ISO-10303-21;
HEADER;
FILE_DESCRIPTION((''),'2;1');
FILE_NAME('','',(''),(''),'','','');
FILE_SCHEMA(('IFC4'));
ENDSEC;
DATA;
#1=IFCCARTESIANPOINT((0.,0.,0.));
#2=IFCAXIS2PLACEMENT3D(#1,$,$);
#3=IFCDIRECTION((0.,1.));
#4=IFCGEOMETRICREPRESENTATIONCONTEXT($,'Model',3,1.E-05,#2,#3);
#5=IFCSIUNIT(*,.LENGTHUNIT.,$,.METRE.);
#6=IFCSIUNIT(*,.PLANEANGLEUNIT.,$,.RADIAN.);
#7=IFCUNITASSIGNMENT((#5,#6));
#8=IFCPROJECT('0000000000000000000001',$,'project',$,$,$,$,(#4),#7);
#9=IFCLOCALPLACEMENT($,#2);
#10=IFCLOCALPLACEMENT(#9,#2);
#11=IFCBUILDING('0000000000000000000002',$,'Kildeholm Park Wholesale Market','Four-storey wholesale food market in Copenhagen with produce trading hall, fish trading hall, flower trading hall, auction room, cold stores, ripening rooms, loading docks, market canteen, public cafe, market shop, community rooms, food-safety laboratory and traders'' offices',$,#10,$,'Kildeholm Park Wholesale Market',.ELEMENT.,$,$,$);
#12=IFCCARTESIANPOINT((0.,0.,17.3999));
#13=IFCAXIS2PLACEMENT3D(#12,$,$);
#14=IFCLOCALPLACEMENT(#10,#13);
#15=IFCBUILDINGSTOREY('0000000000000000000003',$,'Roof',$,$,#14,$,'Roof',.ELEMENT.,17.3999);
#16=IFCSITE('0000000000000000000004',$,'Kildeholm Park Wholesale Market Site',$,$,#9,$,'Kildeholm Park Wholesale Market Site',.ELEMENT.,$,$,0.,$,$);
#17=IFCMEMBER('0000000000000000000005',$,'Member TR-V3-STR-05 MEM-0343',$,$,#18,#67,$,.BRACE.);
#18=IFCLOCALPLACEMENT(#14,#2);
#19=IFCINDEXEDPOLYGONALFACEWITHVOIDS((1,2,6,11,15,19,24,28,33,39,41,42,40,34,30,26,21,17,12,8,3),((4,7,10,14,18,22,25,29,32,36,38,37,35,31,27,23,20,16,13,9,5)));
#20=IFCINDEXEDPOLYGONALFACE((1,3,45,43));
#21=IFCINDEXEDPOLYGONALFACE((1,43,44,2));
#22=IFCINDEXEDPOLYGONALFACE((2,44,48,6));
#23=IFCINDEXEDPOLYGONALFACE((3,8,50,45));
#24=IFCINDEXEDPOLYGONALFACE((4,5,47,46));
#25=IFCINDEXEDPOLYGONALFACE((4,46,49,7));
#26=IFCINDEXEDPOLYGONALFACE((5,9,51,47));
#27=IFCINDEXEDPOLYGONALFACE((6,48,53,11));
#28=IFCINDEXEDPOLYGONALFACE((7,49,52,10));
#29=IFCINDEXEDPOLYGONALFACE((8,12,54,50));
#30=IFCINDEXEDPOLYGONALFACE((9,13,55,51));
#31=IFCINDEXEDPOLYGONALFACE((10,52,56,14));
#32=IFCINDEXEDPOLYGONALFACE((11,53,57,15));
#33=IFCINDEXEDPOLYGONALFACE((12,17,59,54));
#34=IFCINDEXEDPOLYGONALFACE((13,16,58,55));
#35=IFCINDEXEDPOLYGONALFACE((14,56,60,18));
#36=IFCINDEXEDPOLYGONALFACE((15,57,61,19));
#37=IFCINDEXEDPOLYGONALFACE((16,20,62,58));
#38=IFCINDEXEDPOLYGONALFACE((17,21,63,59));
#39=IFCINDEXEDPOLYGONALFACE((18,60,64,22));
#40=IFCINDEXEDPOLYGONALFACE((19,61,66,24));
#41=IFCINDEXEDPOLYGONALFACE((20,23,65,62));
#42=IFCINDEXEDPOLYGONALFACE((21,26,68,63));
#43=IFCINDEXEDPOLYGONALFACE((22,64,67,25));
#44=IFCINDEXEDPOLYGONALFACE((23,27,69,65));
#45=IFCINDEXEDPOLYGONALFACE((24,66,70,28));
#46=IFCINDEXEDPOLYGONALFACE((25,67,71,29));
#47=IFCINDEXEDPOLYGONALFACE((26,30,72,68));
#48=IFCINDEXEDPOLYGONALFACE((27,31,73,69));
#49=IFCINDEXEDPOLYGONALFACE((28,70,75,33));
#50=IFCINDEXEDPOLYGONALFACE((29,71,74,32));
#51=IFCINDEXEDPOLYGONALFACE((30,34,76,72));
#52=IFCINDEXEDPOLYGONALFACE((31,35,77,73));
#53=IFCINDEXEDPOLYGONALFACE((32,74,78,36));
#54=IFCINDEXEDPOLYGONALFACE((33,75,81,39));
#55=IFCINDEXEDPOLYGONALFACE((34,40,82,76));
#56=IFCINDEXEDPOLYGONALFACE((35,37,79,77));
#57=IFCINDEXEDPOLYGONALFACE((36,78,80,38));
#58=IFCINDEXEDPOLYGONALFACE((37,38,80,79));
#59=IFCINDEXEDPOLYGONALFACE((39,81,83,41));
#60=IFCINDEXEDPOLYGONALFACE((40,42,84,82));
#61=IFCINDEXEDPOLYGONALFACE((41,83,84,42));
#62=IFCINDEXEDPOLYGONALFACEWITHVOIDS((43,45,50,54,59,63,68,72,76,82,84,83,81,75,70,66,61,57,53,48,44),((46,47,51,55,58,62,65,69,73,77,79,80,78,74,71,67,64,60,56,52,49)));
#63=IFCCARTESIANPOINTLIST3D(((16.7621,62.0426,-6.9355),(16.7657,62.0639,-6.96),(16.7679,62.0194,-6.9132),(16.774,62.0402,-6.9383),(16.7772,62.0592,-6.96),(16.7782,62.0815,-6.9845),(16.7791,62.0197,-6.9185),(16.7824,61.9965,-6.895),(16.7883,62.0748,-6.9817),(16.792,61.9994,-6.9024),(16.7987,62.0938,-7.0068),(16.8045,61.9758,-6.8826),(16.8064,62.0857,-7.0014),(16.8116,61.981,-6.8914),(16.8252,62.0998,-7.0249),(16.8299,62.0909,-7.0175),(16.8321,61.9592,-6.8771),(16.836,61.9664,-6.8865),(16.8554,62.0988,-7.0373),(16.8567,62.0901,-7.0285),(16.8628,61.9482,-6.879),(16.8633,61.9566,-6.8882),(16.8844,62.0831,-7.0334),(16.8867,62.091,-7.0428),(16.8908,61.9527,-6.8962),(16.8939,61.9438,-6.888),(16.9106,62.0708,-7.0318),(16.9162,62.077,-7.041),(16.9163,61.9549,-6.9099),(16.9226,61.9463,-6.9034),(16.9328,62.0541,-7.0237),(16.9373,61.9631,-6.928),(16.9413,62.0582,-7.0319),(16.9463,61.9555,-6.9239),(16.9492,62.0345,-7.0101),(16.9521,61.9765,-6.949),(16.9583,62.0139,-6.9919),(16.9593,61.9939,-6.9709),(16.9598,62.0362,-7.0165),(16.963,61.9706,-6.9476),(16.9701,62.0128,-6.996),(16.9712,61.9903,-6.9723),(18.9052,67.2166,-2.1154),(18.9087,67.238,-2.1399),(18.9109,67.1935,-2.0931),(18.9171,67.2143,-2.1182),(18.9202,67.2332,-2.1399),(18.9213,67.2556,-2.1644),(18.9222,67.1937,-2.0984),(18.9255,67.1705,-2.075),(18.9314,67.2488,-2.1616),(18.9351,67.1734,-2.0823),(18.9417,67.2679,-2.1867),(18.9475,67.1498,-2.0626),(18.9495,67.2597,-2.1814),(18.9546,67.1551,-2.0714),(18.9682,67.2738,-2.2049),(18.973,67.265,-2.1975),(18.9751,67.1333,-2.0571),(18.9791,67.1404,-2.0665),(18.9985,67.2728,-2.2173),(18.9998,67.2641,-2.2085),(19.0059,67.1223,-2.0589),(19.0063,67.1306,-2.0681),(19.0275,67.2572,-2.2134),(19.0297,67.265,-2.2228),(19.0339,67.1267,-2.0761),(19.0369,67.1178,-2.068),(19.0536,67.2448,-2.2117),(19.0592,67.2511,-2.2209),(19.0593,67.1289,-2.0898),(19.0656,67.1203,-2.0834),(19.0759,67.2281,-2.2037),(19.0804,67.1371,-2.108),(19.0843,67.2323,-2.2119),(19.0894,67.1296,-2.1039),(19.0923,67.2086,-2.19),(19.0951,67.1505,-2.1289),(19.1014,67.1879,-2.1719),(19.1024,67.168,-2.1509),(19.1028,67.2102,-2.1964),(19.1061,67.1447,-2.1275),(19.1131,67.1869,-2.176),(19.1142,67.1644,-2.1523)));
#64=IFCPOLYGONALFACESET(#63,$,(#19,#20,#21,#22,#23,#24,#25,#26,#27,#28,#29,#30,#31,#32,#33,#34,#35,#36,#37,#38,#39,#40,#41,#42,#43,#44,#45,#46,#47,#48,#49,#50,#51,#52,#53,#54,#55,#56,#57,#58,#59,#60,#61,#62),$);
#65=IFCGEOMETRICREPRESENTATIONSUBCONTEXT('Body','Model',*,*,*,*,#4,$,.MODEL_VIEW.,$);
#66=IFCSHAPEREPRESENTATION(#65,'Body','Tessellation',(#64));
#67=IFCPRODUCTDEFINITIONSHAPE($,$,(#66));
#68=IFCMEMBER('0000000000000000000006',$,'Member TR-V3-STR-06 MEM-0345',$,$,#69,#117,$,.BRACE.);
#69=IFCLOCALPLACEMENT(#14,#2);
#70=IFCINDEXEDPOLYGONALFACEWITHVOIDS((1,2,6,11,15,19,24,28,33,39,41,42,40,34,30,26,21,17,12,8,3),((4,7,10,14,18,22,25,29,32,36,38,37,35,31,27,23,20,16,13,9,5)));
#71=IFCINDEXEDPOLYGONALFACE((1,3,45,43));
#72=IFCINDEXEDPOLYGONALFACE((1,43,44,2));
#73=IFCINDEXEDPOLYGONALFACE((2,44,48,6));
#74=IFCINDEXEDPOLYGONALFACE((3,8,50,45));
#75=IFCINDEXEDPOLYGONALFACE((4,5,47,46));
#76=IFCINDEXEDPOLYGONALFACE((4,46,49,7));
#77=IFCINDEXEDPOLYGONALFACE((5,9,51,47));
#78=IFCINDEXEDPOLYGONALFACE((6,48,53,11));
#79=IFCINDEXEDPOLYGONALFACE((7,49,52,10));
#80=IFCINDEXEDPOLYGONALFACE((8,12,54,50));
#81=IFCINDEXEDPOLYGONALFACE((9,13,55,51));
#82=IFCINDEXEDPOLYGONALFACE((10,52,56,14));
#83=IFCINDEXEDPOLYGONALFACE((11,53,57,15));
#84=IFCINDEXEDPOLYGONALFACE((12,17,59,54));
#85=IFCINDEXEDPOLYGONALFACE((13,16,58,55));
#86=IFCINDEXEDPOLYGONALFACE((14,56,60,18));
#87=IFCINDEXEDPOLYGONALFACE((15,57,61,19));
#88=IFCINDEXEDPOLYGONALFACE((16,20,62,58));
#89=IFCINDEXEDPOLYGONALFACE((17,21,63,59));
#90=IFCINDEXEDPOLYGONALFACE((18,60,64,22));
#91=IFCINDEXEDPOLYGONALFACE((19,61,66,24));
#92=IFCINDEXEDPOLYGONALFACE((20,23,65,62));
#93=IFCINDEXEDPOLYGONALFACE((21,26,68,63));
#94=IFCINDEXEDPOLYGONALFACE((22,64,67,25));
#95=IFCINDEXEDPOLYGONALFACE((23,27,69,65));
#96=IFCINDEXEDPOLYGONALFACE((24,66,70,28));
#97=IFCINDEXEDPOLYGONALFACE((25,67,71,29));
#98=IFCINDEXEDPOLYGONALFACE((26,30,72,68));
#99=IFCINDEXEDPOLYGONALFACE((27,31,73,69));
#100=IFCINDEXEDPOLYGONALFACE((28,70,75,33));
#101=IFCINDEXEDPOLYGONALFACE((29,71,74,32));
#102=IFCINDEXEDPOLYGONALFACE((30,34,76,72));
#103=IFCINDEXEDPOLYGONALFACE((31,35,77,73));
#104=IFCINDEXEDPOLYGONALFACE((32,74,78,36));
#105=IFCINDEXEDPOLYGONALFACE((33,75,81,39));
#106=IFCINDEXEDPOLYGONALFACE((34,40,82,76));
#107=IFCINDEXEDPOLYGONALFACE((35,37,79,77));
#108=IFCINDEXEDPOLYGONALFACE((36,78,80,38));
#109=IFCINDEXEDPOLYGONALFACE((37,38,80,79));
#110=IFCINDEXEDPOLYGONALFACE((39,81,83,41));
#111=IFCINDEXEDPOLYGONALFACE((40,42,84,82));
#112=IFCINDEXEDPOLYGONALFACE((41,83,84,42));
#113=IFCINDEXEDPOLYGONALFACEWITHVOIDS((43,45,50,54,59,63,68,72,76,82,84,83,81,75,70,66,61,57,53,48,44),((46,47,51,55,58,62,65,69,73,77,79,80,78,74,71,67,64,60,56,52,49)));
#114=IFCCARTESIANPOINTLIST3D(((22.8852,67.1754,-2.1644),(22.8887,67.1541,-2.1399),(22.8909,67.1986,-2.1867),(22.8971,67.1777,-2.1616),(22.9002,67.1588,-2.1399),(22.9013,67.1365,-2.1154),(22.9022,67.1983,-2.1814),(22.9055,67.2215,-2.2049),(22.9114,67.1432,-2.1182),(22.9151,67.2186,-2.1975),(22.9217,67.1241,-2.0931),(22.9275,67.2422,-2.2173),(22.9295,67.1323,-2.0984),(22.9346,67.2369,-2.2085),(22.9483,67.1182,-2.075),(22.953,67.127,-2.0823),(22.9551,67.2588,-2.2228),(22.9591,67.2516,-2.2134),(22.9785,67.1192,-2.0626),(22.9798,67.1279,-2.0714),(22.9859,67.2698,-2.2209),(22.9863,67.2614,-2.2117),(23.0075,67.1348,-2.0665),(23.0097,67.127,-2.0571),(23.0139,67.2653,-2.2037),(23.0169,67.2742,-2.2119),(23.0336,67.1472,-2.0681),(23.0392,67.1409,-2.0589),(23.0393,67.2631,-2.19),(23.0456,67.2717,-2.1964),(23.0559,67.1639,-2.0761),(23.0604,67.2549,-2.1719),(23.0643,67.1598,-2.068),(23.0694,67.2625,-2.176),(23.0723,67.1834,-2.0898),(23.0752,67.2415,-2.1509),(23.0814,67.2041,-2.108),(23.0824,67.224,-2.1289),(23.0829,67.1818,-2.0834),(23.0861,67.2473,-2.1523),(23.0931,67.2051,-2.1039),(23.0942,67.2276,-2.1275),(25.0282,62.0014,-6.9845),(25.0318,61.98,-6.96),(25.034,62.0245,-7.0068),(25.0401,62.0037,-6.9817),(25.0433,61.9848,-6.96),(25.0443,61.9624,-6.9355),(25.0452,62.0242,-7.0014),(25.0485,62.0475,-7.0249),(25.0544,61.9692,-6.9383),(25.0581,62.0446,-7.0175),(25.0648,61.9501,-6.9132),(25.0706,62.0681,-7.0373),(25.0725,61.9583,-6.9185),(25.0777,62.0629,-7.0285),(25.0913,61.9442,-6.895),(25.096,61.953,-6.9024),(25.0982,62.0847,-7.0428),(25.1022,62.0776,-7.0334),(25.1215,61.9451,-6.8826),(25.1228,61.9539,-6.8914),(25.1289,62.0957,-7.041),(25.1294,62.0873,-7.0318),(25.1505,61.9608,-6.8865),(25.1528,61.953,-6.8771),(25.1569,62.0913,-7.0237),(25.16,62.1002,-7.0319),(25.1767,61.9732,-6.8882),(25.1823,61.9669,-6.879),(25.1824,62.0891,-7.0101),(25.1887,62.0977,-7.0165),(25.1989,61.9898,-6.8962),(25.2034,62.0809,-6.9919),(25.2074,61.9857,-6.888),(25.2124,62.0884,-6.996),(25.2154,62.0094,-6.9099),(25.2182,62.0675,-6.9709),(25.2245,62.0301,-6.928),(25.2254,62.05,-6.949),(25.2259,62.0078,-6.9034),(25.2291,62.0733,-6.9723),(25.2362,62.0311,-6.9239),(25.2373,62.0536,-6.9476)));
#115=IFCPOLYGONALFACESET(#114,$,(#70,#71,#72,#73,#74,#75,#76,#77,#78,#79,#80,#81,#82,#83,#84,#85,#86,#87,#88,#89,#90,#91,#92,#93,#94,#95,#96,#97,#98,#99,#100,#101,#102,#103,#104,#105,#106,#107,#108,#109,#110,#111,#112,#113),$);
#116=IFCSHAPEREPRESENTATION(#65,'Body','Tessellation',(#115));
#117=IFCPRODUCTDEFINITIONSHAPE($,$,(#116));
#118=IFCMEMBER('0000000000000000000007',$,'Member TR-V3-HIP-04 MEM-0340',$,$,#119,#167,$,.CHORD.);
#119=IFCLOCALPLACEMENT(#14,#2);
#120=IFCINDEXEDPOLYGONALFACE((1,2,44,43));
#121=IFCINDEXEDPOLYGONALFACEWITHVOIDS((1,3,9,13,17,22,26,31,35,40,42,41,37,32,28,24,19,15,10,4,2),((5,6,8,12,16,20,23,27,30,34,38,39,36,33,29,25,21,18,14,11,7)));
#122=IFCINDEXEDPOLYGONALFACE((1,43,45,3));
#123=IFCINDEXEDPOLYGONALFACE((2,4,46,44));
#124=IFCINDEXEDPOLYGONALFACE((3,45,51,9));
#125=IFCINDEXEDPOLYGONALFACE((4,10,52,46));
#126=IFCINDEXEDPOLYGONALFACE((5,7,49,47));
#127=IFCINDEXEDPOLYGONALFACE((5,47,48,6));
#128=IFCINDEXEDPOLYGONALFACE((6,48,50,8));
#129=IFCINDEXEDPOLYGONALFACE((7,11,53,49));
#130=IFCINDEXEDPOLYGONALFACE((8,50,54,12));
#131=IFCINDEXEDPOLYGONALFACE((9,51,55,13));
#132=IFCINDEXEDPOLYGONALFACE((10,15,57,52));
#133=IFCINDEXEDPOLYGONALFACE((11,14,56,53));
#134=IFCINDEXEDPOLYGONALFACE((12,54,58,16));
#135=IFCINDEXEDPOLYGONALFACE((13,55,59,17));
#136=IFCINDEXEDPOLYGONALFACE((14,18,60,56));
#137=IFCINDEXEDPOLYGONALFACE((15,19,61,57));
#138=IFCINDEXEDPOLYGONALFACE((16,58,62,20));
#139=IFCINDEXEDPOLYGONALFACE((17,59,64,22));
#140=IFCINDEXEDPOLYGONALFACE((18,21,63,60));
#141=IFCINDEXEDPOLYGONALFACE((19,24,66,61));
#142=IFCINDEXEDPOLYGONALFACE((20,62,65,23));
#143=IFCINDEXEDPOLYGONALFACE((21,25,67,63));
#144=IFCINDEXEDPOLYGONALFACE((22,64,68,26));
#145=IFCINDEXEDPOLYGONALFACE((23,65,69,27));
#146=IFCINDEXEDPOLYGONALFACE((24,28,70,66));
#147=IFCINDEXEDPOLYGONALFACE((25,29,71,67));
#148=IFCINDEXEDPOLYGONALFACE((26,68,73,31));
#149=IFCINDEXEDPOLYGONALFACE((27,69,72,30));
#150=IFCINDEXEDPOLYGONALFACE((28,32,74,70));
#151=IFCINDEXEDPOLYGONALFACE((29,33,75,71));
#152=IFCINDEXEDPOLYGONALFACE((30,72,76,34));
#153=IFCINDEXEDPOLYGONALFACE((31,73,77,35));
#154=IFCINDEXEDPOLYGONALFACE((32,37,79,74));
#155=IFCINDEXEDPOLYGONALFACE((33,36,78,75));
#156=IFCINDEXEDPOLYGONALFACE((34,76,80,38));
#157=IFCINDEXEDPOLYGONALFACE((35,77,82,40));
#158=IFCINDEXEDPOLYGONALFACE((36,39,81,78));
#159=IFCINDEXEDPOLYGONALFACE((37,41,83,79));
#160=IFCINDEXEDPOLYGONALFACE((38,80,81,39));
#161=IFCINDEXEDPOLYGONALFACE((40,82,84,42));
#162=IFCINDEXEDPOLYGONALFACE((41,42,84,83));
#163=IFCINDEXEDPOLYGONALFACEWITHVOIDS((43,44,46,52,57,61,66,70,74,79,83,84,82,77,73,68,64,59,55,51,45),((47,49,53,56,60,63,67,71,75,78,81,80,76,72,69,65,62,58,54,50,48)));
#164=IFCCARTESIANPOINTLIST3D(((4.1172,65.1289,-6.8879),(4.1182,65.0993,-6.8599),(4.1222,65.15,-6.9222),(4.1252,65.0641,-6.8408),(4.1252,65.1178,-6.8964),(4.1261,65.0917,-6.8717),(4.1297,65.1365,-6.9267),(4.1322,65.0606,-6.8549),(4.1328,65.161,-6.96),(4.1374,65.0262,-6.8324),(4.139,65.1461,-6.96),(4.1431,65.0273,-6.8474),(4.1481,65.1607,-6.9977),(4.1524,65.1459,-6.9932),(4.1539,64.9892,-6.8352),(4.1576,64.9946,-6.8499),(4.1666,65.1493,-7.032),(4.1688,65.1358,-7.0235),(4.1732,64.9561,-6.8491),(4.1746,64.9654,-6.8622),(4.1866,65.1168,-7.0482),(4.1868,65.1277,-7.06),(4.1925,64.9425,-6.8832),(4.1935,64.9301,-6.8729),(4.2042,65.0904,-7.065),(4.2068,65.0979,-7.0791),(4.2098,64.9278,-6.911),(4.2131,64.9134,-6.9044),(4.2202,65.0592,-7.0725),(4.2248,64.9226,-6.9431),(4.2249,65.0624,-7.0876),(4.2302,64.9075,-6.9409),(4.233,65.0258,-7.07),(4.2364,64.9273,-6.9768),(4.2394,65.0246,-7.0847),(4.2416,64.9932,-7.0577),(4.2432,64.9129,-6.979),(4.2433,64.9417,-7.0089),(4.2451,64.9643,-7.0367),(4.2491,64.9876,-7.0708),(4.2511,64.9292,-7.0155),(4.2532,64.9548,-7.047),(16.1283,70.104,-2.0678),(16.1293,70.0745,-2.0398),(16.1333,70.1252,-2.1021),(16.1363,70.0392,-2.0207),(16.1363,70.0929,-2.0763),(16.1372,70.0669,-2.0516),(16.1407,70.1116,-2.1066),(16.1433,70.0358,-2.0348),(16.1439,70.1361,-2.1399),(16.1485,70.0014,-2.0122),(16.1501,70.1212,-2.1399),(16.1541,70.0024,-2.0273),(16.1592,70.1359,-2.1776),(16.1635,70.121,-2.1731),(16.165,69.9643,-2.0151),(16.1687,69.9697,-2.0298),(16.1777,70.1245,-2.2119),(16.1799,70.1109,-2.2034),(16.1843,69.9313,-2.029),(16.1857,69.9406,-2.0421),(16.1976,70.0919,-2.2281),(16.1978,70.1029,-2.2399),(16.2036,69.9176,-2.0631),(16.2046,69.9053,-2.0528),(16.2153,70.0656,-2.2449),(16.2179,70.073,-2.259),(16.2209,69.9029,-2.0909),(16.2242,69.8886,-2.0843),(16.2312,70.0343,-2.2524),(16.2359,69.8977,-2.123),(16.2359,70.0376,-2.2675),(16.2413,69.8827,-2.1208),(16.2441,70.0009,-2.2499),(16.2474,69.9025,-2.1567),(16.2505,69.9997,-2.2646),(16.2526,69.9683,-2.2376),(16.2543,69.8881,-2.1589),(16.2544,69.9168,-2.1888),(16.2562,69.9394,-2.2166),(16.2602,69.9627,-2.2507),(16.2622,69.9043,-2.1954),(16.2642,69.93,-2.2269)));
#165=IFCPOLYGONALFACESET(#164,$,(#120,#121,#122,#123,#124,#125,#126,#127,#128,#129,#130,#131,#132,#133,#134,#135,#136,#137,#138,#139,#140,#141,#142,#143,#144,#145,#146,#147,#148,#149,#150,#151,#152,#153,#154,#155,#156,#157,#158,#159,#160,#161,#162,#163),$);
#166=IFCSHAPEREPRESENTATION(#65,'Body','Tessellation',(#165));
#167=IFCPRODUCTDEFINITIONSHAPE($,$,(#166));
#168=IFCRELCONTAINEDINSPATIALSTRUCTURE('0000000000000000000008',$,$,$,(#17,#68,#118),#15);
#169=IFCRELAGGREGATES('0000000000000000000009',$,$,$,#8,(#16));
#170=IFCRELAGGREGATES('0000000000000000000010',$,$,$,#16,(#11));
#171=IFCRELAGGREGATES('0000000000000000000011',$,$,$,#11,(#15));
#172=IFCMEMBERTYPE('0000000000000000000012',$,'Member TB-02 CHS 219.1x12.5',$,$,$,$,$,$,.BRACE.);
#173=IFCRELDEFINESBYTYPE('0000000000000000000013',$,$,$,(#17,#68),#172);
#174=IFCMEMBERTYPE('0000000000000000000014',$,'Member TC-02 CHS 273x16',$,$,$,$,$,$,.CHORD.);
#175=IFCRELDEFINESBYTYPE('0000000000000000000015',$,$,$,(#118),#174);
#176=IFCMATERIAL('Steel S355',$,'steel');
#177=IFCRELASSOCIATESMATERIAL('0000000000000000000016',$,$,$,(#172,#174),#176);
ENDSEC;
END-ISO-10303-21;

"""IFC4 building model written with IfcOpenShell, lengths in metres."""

from ifc_helpers import new_model, si_unit, direction, frame, origin, origin_2d, place, context, subcontext, project, spatial, hollow_circle, extrude, material, material_profile, profile_set, type_object, element, save


model = new_model("IFC4")

# Units and contexts
model_context = context("Model", 3, precision=1e-05, world=origin(), true_north=direction((0.0, 1.0)))
body_context = subcontext(model_context, "Body", "Model", "MODEL_VIEW")
ifc_project = project(units=[si_unit("LENGTHUNIT", "METRE"), si_unit("PLANEANGLEUNIT", "RADIAN")], contexts=[model_context])

# Site, building, storey
site_placement = place(None, origin())
site = spatial("IfcSite", under=ifc_project, at=site_placement, Name="Kildeholm Park Wholesale Market Site", LongName="Kildeholm Park Wholesale Market Site", CompositionType="ELEMENT", RefElevation=0.0)
building_placement = place(site_placement, origin())
building = spatial("IfcBuilding", under=site, at=building_placement, Name="Kildeholm Park Wholesale Market", Description="Four-storey wholesale food market in Copenhagen with produce trading hall, fish trading hall, flower trading hall, auction room, cold stores, ripening rooms, loading docks, market canteen, public cafe, market shop, community rooms, food-safety laboratory and traders' offices", LongName="Kildeholm Park Wholesale Market", CompositionType="ELEMENT")
storey_placement = place(building_placement, frame((0.0, 0.0, 17.3999)))
storey = spatial("IfcBuildingStorey", under=building, at=storey_placement, Name="Roof", LongName="Roof", CompositionType="ELEMENT", Elevation=17.3999)

# Shared definitions
ifc_material_1 = material(Name="Steel S355", Category="steel")

# Members
ifc_material_profile_1 = material_profile(ifc_material_1, hollow_circle(Radius=0.1096, WallThickness=0.0125, at=origin_2d()), Name="CHS 219.1x12.5")
ifc_profile_set_1 = profile_set([ifc_material_profile_1], Name="Steel S355")
member_type_1 = type_object("IfcMemberType", Name="Member TB-02 CHS 219.1x12.5", PredefinedType="BRACE", material=ifc_profile_set_1)
for number, where, z_axis, x_axis, name in (
    (1, (16.8669, 62.022, -6.96), (0.290036, 0.700243, 0.652333), (-0.923886, 0.382668, 0.0), "Member TR-V3-STR-05 MEM-0343"),
    (2, (25.1331, 62.022, -6.96), (-0.290036, 0.700243, 0.652333), (-0.923886, -0.382668, 0.0), "Member TR-V3-STR-06 MEM-0345"),
):
    element("IfcMember", number, at=place(storey_placement, frame(where, z_axis=z_axis, x_axis=x_axis)), inside=storey, type_object=member_type_1, Name=name, PredefinedType="BRACE", context=body_context, shape_type="SweptSolid", body=[
        extrude(hollow_circle(Radius=0.1096, WallThickness=0.0125, at=origin_2d()), origin(), (0.0, 0.0, 1.0), 7.3889),
    ])
ifc_material_profile_2 = material_profile(ifc_material_1, hollow_circle(Radius=0.1365, WallThickness=0.0161, at=origin_2d()), Name="CHS 273x16")
ifc_profile_set_2 = profile_set([ifc_material_profile_2], Name="Steel S355")
member_type_2 = type_object("IfcMemberType", Name="Member TC-02 CHS 273x16", PredefinedType="CHORD", material=ifc_profile_set_2)
for number, where, z_axis, x_axis, name in (
    (3, (4.1851, 65.0349, -6.96), (0.866258, 0.358815, 0.347634), (-0.382682, 0.92388, 0.0), "Member TR-V3-HIP-04 MEM-0340"),
):
    element("IfcMember", number, at=place(storey_placement, frame(where, z_axis=z_axis, x_axis=x_axis)), inside=storey, type_object=member_type_2, Name=name, PredefinedType="CHORD", context=body_context, shape_type="SweptSolid", body=[
        extrude(hollow_circle(Radius=0.1365, WallThickness=0.0161, at=origin_2d()), origin(), (0.0, 0.0, 1.0), 13.8655),
    ])

save(model, "model.ifc")
